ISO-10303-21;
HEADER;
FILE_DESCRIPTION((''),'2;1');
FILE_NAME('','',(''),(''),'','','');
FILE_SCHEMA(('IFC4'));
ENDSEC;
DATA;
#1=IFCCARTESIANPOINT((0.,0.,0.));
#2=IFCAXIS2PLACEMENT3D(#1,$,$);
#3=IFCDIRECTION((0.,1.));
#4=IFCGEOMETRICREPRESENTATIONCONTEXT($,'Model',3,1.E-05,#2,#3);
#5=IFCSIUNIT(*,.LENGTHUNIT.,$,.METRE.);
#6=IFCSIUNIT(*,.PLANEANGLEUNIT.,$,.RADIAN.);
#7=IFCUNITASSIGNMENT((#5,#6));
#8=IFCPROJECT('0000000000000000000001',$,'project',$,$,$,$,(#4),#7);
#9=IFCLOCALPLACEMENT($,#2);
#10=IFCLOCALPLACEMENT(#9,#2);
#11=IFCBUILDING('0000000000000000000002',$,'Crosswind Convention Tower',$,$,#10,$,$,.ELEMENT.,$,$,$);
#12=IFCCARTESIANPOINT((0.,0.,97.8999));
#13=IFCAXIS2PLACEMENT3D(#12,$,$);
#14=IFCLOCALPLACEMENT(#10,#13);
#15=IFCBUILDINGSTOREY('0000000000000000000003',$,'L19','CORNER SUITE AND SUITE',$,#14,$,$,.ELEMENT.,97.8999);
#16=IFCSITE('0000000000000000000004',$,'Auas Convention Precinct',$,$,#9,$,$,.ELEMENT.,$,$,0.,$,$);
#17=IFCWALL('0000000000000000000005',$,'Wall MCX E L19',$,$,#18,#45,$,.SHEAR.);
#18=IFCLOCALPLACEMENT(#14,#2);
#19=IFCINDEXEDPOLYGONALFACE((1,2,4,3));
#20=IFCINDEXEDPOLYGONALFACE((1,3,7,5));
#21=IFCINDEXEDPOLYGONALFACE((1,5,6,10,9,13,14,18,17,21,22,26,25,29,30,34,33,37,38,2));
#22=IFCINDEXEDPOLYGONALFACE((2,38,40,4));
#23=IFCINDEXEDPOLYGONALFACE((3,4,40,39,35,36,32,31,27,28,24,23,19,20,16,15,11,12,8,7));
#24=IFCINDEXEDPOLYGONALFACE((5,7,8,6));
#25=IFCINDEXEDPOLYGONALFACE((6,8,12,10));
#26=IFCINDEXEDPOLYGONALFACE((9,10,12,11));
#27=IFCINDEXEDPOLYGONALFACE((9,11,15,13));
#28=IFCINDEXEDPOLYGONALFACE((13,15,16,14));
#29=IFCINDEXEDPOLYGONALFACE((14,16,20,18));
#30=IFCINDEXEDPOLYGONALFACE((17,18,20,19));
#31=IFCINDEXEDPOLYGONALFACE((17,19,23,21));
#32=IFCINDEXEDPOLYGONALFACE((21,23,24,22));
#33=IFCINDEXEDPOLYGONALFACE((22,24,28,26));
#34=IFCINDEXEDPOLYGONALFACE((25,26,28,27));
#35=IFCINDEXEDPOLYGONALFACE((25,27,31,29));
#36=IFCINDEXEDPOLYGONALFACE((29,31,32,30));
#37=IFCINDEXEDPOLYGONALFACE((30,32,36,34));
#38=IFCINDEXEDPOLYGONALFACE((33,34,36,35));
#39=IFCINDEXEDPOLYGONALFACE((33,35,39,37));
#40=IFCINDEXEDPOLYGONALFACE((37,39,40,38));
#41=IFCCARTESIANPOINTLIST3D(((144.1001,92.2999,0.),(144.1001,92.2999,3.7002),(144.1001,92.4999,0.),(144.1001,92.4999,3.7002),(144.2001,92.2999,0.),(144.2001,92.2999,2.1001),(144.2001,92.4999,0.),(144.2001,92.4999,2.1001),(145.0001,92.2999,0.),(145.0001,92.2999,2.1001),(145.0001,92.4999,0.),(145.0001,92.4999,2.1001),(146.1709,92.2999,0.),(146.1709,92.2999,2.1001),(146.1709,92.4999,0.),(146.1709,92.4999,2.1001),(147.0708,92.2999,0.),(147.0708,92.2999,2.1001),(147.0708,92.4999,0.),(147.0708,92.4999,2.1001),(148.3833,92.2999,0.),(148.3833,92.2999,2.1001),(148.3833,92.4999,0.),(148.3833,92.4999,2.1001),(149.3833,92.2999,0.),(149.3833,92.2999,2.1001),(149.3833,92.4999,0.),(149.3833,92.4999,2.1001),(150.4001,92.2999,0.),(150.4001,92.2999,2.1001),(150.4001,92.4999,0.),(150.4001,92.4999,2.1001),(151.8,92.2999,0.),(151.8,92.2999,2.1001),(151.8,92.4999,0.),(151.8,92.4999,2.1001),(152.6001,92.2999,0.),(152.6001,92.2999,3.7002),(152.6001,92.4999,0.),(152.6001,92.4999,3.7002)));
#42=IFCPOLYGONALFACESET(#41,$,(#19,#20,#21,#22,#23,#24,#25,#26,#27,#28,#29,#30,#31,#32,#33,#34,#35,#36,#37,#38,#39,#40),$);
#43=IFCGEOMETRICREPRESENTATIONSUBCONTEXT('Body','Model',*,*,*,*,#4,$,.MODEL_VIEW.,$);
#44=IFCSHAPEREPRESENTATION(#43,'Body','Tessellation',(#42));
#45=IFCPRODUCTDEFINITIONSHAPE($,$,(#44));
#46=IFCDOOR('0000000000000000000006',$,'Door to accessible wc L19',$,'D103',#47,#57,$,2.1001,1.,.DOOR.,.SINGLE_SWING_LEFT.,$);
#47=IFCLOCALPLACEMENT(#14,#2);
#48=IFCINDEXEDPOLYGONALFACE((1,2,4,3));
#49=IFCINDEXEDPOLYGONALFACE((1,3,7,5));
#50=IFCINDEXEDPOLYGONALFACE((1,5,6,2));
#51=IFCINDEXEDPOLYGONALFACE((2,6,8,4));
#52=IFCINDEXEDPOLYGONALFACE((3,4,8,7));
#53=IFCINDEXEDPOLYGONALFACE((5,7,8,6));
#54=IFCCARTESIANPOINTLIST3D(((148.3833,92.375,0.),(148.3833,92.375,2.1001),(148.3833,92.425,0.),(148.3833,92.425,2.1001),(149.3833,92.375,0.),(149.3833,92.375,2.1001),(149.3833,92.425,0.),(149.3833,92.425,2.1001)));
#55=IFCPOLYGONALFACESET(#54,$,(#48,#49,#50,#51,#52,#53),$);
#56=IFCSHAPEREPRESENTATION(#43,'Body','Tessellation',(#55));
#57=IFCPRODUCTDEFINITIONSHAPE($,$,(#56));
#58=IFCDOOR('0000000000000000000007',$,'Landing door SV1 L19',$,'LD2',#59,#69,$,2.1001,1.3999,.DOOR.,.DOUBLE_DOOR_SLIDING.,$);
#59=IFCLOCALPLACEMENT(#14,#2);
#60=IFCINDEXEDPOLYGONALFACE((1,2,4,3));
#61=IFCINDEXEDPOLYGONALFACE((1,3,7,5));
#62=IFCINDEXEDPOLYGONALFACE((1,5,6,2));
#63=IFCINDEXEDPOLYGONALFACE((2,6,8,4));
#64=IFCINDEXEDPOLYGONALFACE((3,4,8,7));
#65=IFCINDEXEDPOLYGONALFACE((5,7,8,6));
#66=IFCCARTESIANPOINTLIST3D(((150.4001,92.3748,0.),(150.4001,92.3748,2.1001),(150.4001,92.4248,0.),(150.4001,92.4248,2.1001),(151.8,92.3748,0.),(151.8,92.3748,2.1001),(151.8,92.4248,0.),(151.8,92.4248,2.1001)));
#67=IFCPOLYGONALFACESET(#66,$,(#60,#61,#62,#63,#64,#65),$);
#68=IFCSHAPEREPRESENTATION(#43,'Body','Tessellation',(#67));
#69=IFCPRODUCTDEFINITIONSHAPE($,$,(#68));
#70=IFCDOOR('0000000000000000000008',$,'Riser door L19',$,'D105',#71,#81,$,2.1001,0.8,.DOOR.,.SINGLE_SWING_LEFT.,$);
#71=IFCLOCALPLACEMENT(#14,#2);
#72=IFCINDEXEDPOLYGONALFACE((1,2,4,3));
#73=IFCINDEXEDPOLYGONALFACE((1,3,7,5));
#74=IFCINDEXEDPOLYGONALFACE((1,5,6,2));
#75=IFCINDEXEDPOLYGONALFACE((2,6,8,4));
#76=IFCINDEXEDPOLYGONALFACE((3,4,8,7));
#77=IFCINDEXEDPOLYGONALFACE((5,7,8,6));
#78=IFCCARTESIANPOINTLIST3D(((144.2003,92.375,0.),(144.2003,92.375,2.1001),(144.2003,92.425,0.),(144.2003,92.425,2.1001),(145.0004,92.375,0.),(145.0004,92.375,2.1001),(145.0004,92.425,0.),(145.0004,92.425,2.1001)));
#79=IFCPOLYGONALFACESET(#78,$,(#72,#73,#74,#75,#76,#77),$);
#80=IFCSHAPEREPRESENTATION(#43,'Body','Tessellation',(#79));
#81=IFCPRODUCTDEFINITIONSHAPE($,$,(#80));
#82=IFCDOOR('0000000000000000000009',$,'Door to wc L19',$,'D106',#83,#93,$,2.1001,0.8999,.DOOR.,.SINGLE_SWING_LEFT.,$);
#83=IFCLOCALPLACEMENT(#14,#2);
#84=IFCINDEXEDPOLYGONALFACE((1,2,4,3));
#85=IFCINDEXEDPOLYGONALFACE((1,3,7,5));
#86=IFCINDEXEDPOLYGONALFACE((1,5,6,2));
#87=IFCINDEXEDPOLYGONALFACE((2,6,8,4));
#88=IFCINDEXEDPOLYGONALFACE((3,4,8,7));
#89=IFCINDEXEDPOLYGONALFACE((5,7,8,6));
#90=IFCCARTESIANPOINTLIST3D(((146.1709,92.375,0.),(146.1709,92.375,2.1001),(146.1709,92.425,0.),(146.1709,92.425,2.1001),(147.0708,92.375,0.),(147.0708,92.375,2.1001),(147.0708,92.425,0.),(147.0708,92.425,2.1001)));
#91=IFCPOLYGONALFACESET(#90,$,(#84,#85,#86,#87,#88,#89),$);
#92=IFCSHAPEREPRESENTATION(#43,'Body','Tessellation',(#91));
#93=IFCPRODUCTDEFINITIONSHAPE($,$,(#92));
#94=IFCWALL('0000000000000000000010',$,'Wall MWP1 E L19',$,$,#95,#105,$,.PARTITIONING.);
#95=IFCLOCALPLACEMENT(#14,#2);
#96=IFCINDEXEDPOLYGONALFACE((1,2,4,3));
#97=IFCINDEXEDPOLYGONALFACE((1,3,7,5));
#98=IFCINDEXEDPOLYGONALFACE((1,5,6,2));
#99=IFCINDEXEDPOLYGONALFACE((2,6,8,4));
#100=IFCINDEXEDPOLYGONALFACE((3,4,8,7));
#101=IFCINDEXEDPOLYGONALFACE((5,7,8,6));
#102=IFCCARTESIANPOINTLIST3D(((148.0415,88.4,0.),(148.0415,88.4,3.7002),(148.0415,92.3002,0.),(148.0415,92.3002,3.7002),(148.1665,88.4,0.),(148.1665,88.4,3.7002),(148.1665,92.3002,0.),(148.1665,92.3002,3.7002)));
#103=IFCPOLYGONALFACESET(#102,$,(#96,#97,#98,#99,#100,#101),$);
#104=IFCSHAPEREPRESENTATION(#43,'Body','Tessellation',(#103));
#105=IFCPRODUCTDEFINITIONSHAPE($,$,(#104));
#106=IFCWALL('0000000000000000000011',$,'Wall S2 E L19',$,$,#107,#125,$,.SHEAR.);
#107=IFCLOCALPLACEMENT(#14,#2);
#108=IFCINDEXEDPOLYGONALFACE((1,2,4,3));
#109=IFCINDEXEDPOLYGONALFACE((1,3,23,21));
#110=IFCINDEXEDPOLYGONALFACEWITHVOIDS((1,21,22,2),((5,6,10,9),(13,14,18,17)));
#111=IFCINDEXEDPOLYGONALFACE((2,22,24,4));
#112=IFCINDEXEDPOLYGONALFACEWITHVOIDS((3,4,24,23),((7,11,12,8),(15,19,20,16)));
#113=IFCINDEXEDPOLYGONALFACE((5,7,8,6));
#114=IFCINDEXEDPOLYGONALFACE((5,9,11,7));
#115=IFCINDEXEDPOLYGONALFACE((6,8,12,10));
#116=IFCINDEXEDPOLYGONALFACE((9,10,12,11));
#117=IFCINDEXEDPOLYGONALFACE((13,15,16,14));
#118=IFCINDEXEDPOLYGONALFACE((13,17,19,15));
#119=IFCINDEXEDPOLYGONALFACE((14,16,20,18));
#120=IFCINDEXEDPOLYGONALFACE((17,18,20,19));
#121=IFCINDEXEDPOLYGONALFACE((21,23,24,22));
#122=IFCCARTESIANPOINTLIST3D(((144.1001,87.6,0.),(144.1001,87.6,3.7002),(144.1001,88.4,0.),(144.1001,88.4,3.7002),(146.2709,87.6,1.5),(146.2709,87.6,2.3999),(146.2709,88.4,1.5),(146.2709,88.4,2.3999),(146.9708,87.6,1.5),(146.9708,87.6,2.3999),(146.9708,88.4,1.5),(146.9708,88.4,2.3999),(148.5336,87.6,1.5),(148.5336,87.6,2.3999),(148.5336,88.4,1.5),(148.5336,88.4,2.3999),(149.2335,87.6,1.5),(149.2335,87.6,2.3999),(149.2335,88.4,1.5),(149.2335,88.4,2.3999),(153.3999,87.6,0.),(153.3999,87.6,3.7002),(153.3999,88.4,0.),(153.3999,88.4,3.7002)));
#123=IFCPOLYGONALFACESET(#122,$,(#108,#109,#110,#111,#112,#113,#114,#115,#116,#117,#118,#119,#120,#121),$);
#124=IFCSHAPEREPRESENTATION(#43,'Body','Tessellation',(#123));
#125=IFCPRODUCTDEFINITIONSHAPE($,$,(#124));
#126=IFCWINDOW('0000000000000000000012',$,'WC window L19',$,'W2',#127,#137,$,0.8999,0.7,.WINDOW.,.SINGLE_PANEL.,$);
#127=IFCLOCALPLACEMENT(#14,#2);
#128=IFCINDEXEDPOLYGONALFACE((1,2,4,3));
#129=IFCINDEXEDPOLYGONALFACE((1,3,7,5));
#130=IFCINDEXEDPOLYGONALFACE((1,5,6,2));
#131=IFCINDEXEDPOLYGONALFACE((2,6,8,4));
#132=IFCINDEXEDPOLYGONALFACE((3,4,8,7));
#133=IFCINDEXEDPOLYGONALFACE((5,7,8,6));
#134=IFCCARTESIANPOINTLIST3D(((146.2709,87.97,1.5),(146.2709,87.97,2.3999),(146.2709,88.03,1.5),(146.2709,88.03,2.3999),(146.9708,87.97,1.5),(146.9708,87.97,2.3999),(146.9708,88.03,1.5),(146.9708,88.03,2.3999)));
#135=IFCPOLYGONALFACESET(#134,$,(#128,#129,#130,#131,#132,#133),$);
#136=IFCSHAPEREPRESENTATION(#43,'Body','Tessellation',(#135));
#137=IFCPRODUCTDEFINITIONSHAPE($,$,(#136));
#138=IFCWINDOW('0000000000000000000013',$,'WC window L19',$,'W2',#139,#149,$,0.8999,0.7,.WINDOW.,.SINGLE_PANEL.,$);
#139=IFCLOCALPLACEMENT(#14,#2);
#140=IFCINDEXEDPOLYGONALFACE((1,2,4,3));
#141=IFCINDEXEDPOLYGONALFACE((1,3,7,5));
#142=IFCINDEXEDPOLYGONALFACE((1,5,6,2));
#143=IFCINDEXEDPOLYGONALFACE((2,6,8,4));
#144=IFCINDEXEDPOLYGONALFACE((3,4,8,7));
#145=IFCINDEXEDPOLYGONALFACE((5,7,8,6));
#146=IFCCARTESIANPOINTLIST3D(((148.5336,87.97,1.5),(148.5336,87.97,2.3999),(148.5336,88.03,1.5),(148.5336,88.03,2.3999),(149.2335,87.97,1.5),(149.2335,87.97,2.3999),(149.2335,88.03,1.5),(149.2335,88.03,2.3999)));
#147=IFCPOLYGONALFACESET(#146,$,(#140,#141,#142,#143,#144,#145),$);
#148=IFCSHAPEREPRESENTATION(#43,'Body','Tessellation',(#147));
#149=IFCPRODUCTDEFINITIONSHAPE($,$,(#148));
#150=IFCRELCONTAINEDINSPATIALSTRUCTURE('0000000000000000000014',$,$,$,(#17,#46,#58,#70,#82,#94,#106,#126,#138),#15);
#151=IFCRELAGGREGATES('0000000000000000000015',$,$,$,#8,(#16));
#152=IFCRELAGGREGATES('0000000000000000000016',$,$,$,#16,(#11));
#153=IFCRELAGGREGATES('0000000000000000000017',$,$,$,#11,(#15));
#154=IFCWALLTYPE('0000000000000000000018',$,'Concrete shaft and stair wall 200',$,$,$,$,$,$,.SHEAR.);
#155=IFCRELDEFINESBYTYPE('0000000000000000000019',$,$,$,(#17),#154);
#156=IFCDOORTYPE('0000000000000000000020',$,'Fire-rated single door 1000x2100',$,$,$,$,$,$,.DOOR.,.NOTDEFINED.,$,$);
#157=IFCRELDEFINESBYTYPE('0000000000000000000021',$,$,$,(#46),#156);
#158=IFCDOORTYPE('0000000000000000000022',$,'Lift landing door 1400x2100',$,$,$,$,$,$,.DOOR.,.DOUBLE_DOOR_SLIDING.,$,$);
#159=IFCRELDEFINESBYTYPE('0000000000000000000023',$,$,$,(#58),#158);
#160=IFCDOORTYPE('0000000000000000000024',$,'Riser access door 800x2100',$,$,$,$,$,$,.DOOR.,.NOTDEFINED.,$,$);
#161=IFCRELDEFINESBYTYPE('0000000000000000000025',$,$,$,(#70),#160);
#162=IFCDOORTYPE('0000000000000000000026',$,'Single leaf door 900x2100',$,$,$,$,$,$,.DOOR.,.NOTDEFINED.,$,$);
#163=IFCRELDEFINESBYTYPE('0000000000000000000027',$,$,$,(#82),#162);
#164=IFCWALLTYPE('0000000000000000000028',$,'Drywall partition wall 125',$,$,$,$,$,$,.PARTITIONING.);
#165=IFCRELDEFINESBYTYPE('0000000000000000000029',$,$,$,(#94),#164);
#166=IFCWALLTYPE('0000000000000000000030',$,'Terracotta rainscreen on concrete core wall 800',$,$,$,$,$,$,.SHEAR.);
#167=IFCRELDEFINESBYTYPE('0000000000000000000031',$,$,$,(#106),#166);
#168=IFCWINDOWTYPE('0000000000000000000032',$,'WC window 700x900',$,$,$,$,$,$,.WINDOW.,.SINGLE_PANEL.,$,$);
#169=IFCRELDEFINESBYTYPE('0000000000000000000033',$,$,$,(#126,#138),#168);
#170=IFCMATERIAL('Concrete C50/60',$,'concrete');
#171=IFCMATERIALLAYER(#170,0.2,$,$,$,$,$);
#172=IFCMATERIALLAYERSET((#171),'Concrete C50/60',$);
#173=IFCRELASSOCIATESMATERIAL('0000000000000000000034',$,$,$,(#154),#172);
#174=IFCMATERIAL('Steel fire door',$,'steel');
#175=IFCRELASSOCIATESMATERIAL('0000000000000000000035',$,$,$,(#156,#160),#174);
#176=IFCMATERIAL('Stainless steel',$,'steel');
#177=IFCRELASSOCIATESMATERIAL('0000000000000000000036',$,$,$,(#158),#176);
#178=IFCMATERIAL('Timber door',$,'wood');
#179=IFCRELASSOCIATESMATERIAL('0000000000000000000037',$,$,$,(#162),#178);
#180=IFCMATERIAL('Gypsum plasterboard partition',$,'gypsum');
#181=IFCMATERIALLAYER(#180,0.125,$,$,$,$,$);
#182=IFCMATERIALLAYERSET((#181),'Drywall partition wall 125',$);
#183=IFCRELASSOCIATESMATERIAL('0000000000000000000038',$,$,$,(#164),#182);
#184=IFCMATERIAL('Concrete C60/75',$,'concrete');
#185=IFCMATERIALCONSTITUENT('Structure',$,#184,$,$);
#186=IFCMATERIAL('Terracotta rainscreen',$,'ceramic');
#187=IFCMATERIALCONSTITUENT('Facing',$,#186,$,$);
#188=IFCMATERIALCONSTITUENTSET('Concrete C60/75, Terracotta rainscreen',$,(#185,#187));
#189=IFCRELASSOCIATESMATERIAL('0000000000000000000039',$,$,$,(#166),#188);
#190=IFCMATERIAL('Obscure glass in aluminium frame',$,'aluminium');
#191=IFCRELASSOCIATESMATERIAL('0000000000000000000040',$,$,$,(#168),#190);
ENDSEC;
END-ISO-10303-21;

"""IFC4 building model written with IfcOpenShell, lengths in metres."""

from ifc_helpers import new_model, si_unit, direction, frame, frame_2d, origin, place, context, subcontext, project, spatial, rectangle, extrude, material, layer, layer_set, constituent, constituent_set, type_object, element, fill, save


model = new_model("IFC4")

# Units and contexts
model_context = context("Model", 3, precision=1e-05, world=origin(), true_north=direction((0.0, 1.0)))
body_context = subcontext(model_context, "Body", "Model", "MODEL_VIEW")
ifc_project = project(units=[si_unit("LENGTHUNIT", "METRE"), si_unit("PLANEANGLEUNIT", "RADIAN")], contexts=[model_context])

# Site, building, storey
site_placement = place(None, origin())
site = spatial("IfcSite", under=ifc_project, at=site_placement, Name="Auas Convention Precinct", CompositionType="ELEMENT", RefElevation=0.0)
building_placement = place(site_placement, origin())
building = spatial("IfcBuilding", under=site, at=building_placement, Name="Crosswind Convention Tower", CompositionType="ELEMENT")
storey_placement = place(building_placement, frame((0.0, 0.0, 97.8999)))
storey = spatial("IfcBuildingStorey", under=building, at=storey_placement, Name="L19", Description="CORNER SUITE AND SUITE", CompositionType="ELEMENT", Elevation=97.8999)

# Shared definitions
ifc_material_1 = material(Name="Concrete C50/60", Category="concrete")

# Shared definitions
ifc_layer_1 = layer(ifc_material_1, 0.2)
ifc_layer_set_1 = layer_set([ifc_layer_1], Name="Concrete C50/60")
wall_type_1 = type_object("IfcWallType", Name="Concrete shaft and stair wall 200", PredefinedType="SHEAR", material=ifc_layer_set_1)

# Shared definitions
ifc_material_2 = material(Name="Steel fire door", Category="steel")

# Shared definitions
door_type_1 = type_object("IfcDoorType", Name="Fire-rated single door 1000x2100", OperationType="NOTDEFINED", PredefinedType="DOOR", material=ifc_material_2)

# Wall, openings, doors
wall_1_placement = place(storey_placement, frame((144.1001, 92.3999, 0.0), z_axis=(0.0, 0.0, 1.0), x_axis=(1.0, 0.0, 0.0)))
wall_1 = element("IfcWall", 1, at=wall_1_placement, inside=storey, type_object=wall_type_1, Name="Wall MCX E L19", PredefinedType="SHEAR", context=body_context, shape_type="SweptSolid", body=[
    extrude(rectangle(XDim=8.5, YDim=0.2, at=frame_2d((4.25, 0.0))), origin(), (0.0, 0.0, 1.0), 3.7002),
])
opening_1_placement = place(wall_1_placement, frame((0.1001, 0.0, 0.0)))
opening_1 = element("IfcOpeningElement", 2, at=opening_1_placement, cuts=wall_1, PredefinedType="OPENING", context=body_context, shape_type="SweptSolid", body=[
    extrude(rectangle(XDim=0.8, YDim=2.1001, at=frame_2d((0.3999, 1.05))), frame((0.0, 0.1099, 0.0), z_axis=(0.0, -1.0, 0.0), x_axis=(1.0, 0.0, 0.0)), (0.0, 0.0, 1.0), 0.22),
])
opening_2_placement = place(wall_1_placement, frame((2.0708, 0.0, 0.0)))
opening_2 = element("IfcOpeningElement", 3, at=opening_2_placement, cuts=wall_1, PredefinedType="OPENING", context=body_context, shape_type="SweptSolid", body=[
    extrude(rectangle(XDim=0.8999, YDim=2.1001, at=frame_2d((0.45, 1.05))), frame((0.0, 0.1099, 0.0), z_axis=(0.0, -1.0, 0.0), x_axis=(1.0, 0.0, 0.0)), (0.0, 0.0, 1.0), 0.22),
])
opening_3_placement = place(wall_1_placement, frame((4.2832, 0.0, 0.0)))
opening_3 = element("IfcOpeningElement", 4, at=opening_3_placement, cuts=wall_1, PredefinedType="OPENING", context=body_context, shape_type="SweptSolid", body=[
    extrude(rectangle(XDim=1.0, YDim=2.1001, at=frame_2d((0.5, 1.05))), frame((0.0, 0.1099, 0.0), z_axis=(0.0, -1.0, 0.0), x_axis=(1.0, 0.0, 0.0)), (0.0, 0.0, 1.0), 0.22),
])
opening_4_placement = place(wall_1_placement, frame((6.3, 0.0, 0.0)))
opening_4 = element("IfcOpeningElement", 5, at=opening_4_placement, cuts=wall_1, PredefinedType="OPENING", context=body_context, shape_type="SweptSolid", body=[
    extrude(rectangle(XDim=1.3999, YDim=2.1001, at=frame_2d((0.7, 1.05))), frame((0.0, 0.1099, 0.0), z_axis=(0.0, -1.0, 0.0), x_axis=(1.0, 0.0, 0.0)), (0.0, 0.0, 1.0), 0.22),
])
door_1_placement = place(opening_3_placement, frame((1.0, 0.0, 0.0), z_axis=(0.0, 0.0, 1.0), x_axis=(-1.0, 0.0, 0.0)))
door_1 = element("IfcDoor", 6, at=door_1_placement, inside=storey, type_object=door_type_1, Name="Door to accessible wc L19", ObjectType="D103", OperationType="SINGLE_SWING_LEFT", OverallHeight=2.1001, OverallWidth=1.0, PredefinedType="DOOR", context=body_context, shape_type="SweptSolid", body=[
    extrude(rectangle(XDim=1.0, YDim=2.1001, at=frame_2d((0.5, 1.05))), frame((0.0, 0.0249, 0.0), z_axis=(0.0, -1.0, 0.0), x_axis=(1.0, 0.0, 0.0)), (0.0, 0.0, 1.0), 0.05),
])
fill(opening_3, door_1)
ifc_material_3 = material(Name="Stainless steel", Category="steel")
door_type_2 = type_object("IfcDoorType", Name="Lift landing door 1400x2100", OperationType="DOUBLE_DOOR_SLIDING", PredefinedType="DOOR", material=ifc_material_3)
door_2_placement = place(opening_4_placement, origin())
door_2 = element("IfcDoor", 7, at=door_2_placement, inside=storey, type_object=door_type_2, Name="Landing door SV1 L19", ObjectType="LD2", OperationType="DOUBLE_DOOR_SLIDING", OverallHeight=2.1001, OverallWidth=1.3999, PredefinedType="DOOR", context=body_context, shape_type="SweptSolid", body=[
    extrude(rectangle(XDim=1.3999, YDim=2.1001, at=frame_2d((0.7, 1.05))), frame((0.0, 0.0249, 0.0), z_axis=(0.0, -1.0, 0.0), x_axis=(1.0, 0.0, 0.0)), (0.0, 0.0, 1.0), 0.05),
])
fill(opening_4, door_2)
door_type_3 = type_object("IfcDoorType", Name="Riser access door 800x2100", OperationType="NOTDEFINED", PredefinedType="DOOR", material=ifc_material_2)
door_3_placement = place(opening_1_placement, frame((0.8, 0.0, 0.0), z_axis=(0.0, 0.0, 1.0), x_axis=(-1.0, 0.0, 0.0)))
door_3 = element("IfcDoor", 8, at=door_3_placement, inside=storey, type_object=door_type_3, Name="Riser door L19", ObjectType="D105", OperationType="SINGLE_SWING_LEFT", OverallHeight=2.1001, OverallWidth=0.8, PredefinedType="DOOR", context=body_context, shape_type="SweptSolid", body=[
    extrude(rectangle(XDim=0.8, YDim=2.1001, at=frame_2d((0.3999, 1.05))), frame((0.0, 0.0249, 0.0), z_axis=(0.0, -1.0, 0.0), x_axis=(1.0, 0.0, 0.0)), (0.0, 0.0, 1.0), 0.05),
])
fill(opening_1, door_3)
ifc_material_4 = material(Name="Timber door", Category="wood")
door_type_4 = type_object("IfcDoorType", Name="Single leaf door 900x2100", OperationType="NOTDEFINED", PredefinedType="DOOR", material=ifc_material_4)
door_4_placement = place(opening_2_placement, frame((0.8999, 0.0, 0.0), z_axis=(0.0, 0.0, 1.0), x_axis=(-1.0, 0.0, 0.0)))
door_4 = element("IfcDoor", 9, at=door_4_placement, inside=storey, type_object=door_type_4, Name="Door to wc L19", ObjectType="D106", OperationType="SINGLE_SWING_LEFT", OverallHeight=2.1001, OverallWidth=0.8999, PredefinedType="DOOR", context=body_context, shape_type="SweptSolid", body=[
    extrude(rectangle(XDim=0.8999, YDim=2.1001, at=frame_2d((0.45, 1.05))), frame((0.0, 0.0249, 0.0), z_axis=(0.0, -1.0, 0.0), x_axis=(1.0, 0.0, 0.0)), (0.0, 0.0, 1.0), 0.05),
])
fill(opening_2, door_4)

# Wall
ifc_material_5 = material(Name="Gypsum plasterboard partition", Category="gypsum")
ifc_layer_2 = layer(ifc_material_5, 0.125)
ifc_layer_set_2 = layer_set([ifc_layer_2], Name="Drywall partition wall 125")
wall_type_2 = type_object("IfcWallType", Name="Drywall partition wall 125", PredefinedType="PARTITIONING", material=ifc_layer_set_2)
wall_2_placement = place(storey_placement, frame((148.104, 88.3999, 0.0), z_axis=(0.0, 0.0, 1.0), x_axis=(0.0, 1.0, 0.0)))
element("IfcWall", 10, at=wall_2_placement, inside=storey, type_object=wall_type_2, Name="Wall MWP1 E L19", PredefinedType="PARTITIONING", context=body_context, shape_type="SweptSolid", body=[
    extrude(rectangle(XDim=3.9001, YDim=0.125, at=frame_2d((1.9502, 0.0))), origin(), (0.0, 0.0, 1.0), 3.7002),
])

# Wall, openings, windows
ifc_material_6 = material(Name="Concrete C60/75", Category="concrete")
ifc_constituent_1 = constituent(ifc_material_6, Name="Structure")
ifc_material_7 = material(Name="Terracotta rainscreen", Category="ceramic")
ifc_constituent_2 = constituent(ifc_material_7, Name="Facing")
ifc_constituent_set = constituent_set(constituents=[ifc_constituent_1, ifc_constituent_2], Name="Concrete C60/75, Terracotta rainscreen")
wall_type_3 = type_object("IfcWallType", Name="Terracotta rainscreen on concrete core wall 800", PredefinedType="SHEAR", material=ifc_constituent_set)
wall_3_placement = place(storey_placement, frame((144.1001, 88.0, 0.0), z_axis=(0.0, 0.0, 1.0), x_axis=(1.0, 0.0, 0.0)))
wall_3 = element("IfcWall", 11, at=wall_3_placement, inside=storey, type_object=wall_type_3, Name="Wall S2 E L19", PredefinedType="SHEAR", context=body_context, shape_type="SweptSolid", body=[
    extrude(rectangle(XDim=9.2998, YDim=0.8, at=frame_2d((4.6499, 0.0))), origin(), (0.0, 0.0, 1.0), 3.7002),
])
opening_5_placement = place(wall_3_placement, frame((2.1707, 0.0, 1.5)))
opening_5 = element("IfcOpeningElement", 12, at=opening_5_placement, cuts=wall_3, PredefinedType="OPENING", context=body_context, shape_type="SweptSolid", body=[
    extrude(rectangle(XDim=0.7, YDim=0.8999, at=frame_2d((0.3501, 0.45))), frame((0.0, 0.4099, 0.0), z_axis=(0.0, -1.0, 0.0), x_axis=(1.0, 0.0, 0.0)), (0.0, 0.0, 1.0), 0.8201),
])
opening_6_placement = place(wall_3_placement, frame((4.4333, 0.0, 1.5)))
opening_6 = element("IfcOpeningElement", 13, at=opening_6_placement, cuts=wall_3, PredefinedType="OPENING", context=body_context, shape_type="SweptSolid", body=[
    extrude(rectangle(XDim=0.7, YDim=0.8999, at=frame_2d((0.3501, 0.45))), frame((0.0, 0.4099, 0.0), z_axis=(0.0, -1.0, 0.0), x_axis=(1.0, 0.0, 0.0)), (0.0, 0.0, 1.0), 0.8201),
])
ifc_material_8 = material(Name="Obscure glass in aluminium frame", Category="aluminium")
window_type = type_object("IfcWindowType", Name="WC window 700x900", PartitioningType="SINGLE_PANEL", PredefinedType="WINDOW", material=ifc_material_8)
window_1_placement = place(opening_5_placement, origin())
window_1 = element("IfcWindow", 14, at=window_1_placement, inside=storey, type_object=window_type, Name="WC window L19", ObjectType="W2", OverallHeight=0.8999, OverallWidth=0.7, PartitioningType="SINGLE_PANEL", PredefinedType="WINDOW", context=body_context, shape_type="SweptSolid", body=[
    extrude(rectangle(XDim=0.7, YDim=0.8999, at=frame_2d((0.3501, 0.45))), frame((0.0, 0.03, 0.0), z_axis=(0.0, -1.0, 0.0), x_axis=(1.0, 0.0, 0.0)), (0.0, 0.0, 1.0), 0.0601),
])
fill(opening_5, window_1)
window_2_placement = place(opening_6_placement, origin())
window_2 = element("IfcWindow", 15, at=window_2_placement, inside=storey, type_object=window_type, Name="WC window L19", ObjectType="W2", OverallHeight=0.8999, OverallWidth=0.7, PartitioningType="SINGLE_PANEL", PredefinedType="WINDOW", context=body_context, shape_type="SweptSolid", body=[
    extrude(rectangle(XDim=0.7, YDim=0.8999, at=frame_2d((0.3501, 0.45))), frame((0.0, 0.03, 0.0), z_axis=(0.0, -1.0, 0.0), x_axis=(1.0, 0.0, 0.0)), (0.0, 0.0, 1.0), 0.0601),
])
fill(opening_6, window_2)

save(model, "model.ifc")
